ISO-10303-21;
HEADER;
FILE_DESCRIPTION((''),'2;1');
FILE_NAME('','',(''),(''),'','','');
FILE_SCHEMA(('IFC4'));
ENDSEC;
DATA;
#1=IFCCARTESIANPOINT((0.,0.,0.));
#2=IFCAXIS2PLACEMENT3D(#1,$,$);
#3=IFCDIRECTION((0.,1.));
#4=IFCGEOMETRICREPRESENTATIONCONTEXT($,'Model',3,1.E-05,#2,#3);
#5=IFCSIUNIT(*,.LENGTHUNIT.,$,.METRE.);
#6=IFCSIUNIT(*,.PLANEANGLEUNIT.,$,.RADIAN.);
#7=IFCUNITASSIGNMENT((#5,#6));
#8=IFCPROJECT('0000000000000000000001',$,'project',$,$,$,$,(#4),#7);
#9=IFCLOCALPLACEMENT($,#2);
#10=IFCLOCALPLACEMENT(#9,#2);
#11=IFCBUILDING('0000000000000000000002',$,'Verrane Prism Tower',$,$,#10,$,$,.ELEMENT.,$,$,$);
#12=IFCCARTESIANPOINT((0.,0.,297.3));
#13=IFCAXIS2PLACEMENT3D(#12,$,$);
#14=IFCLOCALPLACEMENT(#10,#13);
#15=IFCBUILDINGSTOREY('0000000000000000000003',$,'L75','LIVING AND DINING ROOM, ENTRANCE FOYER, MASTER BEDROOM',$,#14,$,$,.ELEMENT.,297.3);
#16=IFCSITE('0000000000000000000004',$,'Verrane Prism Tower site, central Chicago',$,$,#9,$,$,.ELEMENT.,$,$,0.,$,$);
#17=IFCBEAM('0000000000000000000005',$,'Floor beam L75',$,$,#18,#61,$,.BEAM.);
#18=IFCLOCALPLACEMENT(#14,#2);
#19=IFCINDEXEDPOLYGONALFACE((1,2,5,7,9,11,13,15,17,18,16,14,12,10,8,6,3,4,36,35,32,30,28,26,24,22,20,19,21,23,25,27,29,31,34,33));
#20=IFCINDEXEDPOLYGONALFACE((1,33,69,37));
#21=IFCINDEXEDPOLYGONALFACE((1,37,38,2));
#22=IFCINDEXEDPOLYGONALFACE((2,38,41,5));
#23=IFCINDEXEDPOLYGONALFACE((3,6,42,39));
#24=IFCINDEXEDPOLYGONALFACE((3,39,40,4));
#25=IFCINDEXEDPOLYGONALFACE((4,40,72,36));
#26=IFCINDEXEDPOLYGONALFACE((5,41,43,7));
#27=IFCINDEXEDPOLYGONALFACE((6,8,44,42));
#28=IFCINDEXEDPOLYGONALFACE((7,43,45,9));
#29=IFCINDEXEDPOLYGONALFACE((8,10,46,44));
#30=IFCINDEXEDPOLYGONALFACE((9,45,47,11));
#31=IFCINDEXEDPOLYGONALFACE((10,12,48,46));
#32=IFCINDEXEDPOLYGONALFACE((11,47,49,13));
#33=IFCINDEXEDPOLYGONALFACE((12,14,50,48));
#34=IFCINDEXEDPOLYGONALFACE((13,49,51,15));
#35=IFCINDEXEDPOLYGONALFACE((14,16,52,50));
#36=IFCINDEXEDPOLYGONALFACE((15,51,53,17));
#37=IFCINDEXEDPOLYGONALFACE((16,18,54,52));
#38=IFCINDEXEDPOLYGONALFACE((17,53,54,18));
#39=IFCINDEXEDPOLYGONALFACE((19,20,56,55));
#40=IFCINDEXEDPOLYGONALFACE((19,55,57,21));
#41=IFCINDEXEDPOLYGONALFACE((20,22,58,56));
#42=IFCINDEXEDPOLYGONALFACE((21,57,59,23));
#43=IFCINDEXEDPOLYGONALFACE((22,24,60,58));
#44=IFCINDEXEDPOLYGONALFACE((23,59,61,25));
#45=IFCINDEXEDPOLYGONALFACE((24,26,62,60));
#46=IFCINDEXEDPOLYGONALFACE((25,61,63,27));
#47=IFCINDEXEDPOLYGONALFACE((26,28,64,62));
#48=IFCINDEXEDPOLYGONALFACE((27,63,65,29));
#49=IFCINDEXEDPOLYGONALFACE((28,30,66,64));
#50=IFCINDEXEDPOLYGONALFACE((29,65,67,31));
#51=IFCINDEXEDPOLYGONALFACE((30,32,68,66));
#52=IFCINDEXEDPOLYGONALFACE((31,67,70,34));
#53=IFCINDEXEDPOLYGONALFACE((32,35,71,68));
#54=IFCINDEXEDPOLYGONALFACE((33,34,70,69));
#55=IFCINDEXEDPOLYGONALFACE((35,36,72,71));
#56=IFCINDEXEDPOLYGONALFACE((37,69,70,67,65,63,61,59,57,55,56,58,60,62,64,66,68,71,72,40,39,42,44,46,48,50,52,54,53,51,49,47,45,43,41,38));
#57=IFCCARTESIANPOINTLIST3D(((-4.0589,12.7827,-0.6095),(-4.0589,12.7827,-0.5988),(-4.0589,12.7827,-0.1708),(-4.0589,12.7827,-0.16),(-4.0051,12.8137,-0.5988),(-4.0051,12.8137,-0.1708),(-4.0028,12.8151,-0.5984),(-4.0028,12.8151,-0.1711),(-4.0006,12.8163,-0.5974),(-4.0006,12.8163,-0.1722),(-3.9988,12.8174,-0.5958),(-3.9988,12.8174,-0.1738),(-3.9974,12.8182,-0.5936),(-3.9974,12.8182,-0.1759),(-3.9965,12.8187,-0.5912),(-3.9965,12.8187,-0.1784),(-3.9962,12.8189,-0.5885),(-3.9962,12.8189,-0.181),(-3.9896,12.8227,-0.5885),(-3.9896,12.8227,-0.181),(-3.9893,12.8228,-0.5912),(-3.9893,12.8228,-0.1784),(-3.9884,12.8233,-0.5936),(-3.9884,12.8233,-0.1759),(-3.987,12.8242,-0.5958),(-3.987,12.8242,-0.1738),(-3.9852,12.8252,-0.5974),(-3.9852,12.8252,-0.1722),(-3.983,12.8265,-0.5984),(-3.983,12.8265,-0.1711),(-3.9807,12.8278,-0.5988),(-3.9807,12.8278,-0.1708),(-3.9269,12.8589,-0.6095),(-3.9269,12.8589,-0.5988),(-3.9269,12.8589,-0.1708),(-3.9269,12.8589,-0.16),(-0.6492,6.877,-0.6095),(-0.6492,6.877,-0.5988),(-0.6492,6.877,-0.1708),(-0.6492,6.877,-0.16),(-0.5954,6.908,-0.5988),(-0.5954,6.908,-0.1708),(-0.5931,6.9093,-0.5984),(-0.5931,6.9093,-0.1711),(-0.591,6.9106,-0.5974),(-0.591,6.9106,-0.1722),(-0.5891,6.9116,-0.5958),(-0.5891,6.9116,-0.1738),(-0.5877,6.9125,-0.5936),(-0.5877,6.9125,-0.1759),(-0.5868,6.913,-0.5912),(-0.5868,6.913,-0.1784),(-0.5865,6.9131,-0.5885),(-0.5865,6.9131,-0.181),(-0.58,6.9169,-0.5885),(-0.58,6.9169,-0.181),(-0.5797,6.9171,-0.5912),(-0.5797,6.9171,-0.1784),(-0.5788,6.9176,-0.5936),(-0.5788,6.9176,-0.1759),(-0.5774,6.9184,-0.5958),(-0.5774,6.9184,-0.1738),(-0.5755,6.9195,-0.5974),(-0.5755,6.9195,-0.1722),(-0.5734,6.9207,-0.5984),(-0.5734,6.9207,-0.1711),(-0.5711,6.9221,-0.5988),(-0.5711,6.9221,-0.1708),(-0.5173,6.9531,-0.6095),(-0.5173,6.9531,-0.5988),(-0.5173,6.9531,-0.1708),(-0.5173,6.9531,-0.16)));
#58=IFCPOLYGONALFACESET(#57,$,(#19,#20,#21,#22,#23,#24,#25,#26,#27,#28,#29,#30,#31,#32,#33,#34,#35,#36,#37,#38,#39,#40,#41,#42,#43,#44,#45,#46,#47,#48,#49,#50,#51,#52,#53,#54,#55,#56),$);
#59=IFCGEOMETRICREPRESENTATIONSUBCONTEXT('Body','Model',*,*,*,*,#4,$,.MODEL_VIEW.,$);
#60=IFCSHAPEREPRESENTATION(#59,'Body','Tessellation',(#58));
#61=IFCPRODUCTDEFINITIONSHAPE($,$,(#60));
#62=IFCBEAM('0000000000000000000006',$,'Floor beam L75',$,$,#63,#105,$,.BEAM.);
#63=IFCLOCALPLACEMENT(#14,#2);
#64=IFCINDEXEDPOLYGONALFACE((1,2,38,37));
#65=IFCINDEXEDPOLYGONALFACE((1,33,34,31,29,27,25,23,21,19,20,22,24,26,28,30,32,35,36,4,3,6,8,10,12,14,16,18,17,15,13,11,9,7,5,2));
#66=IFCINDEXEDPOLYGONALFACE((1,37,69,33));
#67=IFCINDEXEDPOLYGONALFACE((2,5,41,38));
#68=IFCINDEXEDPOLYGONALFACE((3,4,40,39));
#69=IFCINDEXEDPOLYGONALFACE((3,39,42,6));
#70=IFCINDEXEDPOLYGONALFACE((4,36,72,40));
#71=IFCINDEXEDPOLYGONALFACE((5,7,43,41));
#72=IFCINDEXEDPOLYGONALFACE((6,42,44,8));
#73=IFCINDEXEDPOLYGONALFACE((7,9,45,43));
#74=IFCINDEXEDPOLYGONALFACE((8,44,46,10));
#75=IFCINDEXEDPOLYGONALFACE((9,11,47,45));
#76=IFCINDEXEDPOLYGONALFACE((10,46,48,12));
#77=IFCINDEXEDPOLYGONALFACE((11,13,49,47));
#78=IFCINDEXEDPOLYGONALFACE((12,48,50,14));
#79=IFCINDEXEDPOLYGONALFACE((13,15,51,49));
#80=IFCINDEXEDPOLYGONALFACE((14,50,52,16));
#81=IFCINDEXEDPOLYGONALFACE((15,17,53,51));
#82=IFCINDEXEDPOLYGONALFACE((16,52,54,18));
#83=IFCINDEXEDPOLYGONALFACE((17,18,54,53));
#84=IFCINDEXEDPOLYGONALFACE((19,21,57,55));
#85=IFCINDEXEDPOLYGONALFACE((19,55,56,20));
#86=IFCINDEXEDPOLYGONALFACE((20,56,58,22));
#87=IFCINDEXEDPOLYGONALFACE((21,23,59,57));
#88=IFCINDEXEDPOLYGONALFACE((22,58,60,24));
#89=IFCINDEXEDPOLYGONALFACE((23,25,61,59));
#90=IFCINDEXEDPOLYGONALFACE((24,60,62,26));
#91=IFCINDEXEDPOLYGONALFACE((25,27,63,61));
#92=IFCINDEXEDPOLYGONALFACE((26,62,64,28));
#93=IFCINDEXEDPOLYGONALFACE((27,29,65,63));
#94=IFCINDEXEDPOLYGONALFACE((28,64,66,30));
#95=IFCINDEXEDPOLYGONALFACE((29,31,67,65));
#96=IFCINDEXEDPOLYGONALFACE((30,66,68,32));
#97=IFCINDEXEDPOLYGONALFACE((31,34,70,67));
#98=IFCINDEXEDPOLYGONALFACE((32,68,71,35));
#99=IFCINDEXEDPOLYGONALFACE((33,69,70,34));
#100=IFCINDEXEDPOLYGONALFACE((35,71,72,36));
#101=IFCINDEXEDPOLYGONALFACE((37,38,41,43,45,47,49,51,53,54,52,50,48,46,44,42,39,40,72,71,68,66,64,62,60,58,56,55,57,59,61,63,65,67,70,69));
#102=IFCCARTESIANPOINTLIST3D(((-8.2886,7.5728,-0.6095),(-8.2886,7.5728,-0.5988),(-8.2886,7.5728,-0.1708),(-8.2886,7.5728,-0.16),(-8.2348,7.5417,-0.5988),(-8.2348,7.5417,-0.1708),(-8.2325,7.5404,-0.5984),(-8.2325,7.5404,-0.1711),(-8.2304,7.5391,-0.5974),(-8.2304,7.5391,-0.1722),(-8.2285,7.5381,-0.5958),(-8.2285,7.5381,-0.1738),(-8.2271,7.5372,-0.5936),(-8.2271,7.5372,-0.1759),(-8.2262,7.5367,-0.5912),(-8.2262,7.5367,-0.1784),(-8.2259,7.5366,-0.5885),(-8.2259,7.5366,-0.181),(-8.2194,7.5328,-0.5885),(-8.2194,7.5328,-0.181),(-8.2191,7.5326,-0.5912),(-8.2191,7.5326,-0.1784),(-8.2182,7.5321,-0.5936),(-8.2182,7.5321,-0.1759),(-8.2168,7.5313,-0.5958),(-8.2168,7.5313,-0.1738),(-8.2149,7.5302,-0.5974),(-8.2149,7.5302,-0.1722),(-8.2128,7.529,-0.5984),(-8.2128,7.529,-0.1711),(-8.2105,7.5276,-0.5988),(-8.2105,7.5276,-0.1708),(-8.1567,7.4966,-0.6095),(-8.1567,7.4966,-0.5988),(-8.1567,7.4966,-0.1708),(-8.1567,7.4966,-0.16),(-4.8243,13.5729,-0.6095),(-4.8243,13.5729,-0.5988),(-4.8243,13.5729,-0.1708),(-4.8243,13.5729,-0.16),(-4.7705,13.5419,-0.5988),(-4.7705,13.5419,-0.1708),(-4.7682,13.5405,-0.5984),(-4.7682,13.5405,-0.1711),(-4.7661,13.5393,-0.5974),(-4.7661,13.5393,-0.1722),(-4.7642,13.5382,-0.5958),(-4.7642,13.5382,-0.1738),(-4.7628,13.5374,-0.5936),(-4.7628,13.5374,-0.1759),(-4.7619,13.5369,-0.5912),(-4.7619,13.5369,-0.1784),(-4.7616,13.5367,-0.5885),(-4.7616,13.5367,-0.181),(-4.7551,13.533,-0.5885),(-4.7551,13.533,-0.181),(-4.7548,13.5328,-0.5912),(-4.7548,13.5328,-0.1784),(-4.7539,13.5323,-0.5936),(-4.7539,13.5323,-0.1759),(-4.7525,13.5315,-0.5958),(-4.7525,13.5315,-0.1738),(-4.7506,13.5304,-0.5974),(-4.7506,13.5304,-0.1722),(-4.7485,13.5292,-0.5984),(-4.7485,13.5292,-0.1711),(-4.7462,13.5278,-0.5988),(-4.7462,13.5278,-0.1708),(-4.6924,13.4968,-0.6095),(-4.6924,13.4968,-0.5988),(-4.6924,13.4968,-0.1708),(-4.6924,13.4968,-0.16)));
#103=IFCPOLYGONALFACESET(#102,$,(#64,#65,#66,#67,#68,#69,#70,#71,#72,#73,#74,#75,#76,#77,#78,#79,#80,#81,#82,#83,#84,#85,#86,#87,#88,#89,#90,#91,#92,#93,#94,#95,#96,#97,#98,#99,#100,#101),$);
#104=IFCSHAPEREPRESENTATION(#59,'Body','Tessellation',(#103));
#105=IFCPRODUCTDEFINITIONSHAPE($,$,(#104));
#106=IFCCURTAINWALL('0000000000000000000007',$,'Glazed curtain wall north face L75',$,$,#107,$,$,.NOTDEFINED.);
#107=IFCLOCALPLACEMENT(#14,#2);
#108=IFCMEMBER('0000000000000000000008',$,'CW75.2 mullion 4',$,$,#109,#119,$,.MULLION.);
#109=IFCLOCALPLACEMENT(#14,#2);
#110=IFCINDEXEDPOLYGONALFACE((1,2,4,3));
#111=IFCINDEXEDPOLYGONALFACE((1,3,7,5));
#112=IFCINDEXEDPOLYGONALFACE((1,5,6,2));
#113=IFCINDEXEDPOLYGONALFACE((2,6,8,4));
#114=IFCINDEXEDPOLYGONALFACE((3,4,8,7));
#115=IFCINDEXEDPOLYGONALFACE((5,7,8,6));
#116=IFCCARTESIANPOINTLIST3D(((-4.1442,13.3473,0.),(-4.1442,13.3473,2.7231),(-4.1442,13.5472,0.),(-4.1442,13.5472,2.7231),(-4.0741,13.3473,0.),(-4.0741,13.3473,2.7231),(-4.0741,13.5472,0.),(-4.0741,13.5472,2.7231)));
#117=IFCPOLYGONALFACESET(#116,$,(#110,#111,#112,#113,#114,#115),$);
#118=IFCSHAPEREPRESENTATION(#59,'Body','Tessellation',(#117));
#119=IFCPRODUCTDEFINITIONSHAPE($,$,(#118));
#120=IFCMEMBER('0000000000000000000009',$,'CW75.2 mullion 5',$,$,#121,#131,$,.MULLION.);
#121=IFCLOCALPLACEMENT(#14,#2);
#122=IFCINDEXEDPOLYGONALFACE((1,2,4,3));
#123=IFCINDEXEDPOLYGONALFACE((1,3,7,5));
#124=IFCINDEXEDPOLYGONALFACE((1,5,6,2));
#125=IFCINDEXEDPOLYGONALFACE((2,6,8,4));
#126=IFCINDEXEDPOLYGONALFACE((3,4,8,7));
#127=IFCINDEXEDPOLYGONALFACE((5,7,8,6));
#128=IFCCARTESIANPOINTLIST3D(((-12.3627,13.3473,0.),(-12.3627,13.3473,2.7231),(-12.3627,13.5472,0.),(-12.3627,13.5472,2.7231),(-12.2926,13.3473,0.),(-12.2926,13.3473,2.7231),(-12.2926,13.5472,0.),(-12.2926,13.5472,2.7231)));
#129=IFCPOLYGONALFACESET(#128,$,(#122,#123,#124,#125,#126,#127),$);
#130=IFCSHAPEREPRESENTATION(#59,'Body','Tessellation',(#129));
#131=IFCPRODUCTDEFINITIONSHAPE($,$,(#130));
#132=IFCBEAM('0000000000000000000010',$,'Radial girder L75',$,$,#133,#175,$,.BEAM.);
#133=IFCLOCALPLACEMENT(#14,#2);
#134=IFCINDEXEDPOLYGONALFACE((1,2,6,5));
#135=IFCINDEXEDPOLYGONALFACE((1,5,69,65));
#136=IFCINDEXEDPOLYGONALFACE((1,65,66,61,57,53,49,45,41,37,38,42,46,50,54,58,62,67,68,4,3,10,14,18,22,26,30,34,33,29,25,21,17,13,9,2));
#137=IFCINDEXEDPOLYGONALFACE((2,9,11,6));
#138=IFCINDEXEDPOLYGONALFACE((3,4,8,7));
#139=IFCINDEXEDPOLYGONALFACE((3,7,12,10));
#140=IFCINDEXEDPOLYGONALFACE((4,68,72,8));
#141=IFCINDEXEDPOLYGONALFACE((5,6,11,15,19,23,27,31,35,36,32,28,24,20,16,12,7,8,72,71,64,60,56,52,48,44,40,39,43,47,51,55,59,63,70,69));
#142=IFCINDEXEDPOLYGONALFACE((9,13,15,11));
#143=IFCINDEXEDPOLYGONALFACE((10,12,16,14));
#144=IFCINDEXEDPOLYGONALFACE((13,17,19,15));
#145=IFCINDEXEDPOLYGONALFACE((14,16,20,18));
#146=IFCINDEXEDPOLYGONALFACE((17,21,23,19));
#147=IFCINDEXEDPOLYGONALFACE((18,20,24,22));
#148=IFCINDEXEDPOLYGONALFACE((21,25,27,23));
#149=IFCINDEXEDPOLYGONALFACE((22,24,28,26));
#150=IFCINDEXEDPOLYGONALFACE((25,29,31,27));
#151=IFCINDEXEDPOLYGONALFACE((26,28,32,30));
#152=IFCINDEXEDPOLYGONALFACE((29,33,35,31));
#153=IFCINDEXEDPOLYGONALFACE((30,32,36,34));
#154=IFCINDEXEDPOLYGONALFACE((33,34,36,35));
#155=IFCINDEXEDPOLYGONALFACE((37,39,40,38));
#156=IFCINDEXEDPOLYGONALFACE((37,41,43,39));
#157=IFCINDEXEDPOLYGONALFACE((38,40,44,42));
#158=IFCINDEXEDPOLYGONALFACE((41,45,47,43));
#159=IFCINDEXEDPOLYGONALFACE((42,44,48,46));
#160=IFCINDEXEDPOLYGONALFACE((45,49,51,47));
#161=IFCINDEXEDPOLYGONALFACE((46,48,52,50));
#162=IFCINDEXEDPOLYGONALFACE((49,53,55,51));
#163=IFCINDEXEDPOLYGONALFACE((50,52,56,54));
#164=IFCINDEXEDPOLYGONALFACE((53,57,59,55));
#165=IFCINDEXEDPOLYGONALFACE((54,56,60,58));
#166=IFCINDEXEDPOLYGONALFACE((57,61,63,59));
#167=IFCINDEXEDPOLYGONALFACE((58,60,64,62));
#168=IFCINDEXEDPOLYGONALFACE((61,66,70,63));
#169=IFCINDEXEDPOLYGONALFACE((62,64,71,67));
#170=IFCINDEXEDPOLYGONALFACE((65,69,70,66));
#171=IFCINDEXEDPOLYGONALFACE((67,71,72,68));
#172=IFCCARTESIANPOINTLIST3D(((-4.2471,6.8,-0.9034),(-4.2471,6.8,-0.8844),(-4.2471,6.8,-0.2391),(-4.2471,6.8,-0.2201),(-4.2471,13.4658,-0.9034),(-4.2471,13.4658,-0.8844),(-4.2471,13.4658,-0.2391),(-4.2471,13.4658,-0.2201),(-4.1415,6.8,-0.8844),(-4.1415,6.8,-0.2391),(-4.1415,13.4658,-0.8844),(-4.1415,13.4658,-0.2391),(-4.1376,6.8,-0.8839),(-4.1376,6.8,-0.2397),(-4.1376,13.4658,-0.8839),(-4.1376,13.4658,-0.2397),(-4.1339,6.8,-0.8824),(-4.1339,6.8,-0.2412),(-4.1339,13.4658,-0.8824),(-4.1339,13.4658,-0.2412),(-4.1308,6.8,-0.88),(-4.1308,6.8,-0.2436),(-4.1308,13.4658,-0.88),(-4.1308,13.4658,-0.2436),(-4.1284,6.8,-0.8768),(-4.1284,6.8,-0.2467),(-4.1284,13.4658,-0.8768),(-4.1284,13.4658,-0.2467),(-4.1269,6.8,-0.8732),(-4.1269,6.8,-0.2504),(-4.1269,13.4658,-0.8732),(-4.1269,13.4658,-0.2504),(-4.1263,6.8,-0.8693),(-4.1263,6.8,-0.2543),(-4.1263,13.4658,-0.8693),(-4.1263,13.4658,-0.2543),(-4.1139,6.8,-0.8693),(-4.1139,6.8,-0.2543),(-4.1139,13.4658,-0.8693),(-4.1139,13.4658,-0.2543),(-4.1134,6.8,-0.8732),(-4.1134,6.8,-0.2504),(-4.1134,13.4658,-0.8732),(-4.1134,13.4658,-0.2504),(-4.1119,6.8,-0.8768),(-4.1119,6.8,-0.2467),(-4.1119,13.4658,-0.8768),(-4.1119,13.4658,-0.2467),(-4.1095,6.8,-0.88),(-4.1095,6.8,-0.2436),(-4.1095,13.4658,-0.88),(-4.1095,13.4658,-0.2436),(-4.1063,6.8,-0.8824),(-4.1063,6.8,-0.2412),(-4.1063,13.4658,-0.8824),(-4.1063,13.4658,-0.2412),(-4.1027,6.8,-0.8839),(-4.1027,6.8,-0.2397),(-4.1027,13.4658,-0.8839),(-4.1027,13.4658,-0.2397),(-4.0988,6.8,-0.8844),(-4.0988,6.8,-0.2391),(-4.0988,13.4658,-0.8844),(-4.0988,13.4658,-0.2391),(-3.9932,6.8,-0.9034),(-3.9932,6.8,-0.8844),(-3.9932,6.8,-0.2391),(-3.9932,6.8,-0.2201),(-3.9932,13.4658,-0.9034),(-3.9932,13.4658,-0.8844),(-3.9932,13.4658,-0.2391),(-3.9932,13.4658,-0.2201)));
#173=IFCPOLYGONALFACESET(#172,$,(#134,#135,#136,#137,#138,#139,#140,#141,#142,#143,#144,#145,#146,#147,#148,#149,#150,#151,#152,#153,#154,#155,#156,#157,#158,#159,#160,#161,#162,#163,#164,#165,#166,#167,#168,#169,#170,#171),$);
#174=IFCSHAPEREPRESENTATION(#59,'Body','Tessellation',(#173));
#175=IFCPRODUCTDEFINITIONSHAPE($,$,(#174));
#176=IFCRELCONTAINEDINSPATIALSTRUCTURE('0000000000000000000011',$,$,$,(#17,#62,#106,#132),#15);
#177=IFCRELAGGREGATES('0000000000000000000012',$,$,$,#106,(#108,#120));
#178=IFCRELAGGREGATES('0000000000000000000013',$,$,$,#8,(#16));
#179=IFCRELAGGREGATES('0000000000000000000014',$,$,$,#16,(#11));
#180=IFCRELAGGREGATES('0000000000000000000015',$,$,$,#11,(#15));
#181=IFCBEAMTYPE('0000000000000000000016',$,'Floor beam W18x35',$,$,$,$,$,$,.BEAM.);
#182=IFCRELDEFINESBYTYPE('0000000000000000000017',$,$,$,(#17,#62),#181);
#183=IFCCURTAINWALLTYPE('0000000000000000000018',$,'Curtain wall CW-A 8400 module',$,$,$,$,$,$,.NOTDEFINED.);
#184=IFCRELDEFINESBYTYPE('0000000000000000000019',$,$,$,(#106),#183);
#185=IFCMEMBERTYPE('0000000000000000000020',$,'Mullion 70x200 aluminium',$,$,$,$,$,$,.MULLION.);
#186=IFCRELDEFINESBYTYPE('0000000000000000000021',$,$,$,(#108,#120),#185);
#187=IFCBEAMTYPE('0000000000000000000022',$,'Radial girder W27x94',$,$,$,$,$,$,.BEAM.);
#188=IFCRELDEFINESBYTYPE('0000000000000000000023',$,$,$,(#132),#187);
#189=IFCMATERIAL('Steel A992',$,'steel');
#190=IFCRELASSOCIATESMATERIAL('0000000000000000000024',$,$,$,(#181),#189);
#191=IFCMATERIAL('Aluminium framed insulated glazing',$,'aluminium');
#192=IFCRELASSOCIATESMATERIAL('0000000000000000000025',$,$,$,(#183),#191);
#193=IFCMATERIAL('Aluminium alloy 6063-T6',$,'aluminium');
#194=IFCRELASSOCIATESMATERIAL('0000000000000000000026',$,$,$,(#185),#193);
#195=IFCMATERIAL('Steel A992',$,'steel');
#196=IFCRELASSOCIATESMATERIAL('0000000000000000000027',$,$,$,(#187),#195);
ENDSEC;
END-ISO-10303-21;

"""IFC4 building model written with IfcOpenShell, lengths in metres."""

from ifc_helpers import new_model, si_unit, direction, frame, origin, origin_2d, place, context, subcontext, project, spatial, rectangle, i_section, extrude, material, material_profile, profile_set, type_object, element, aggregate, save


model = new_model("IFC4")

# Units and contexts
model_context = context("Model", 3, precision=1e-05, world=origin(), true_north=direction((0.0, 1.0)))
body_context = subcontext(model_context, "Body", "Model", "MODEL_VIEW")
ifc_project = project(units=[si_unit("LENGTHUNIT", "METRE"), si_unit("PLANEANGLEUNIT", "RADIAN")], contexts=[model_context])

# Site, building, storey
site_placement = place(None, origin())
site = spatial("IfcSite", under=ifc_project, at=site_placement, Name="Verrane Prism Tower site, central Chicago", CompositionType="ELEMENT", RefElevation=0.0)
building_placement = place(site_placement, origin())
building = spatial("IfcBuilding", under=site, at=building_placement, Name="Verrane Prism Tower", CompositionType="ELEMENT")
storey_placement = place(building_placement, frame((0.0, 0.0, 297.3)))
storey = spatial("IfcBuildingStorey", under=building, at=storey_placement, Name="L75", Description="LIVING AND DINING ROOM, ENTRANCE FOYER, MASTER BEDROOM", CompositionType="ELEMENT", Elevation=297.3)

# Beams
ifc_material_1 = material(Name="Steel A992", Category="steel")
ifc_material_profile_1 = material_profile(ifc_material_1, i_section(OverallWidth=0.1523, OverallDepth=0.4495, WebThickness=0.0076, FlangeThickness=0.0107, FilletRadius=0.0103, at=origin_2d()), Name="W18x35")
ifc_profile_set_1 = profile_set([ifc_material_profile_1], Name="Steel A992")
beam_type_1 = type_object("IfcBeamType", Name="Floor beam W18x35", PredefinedType="BEAM", material=ifc_profile_set_1)
beam_1_placement = place(storey_placement, frame((-0.5833, 6.915, -0.3848), z_axis=(-0.499997, 0.866027, 0.0), x_axis=(-0.866027, -0.499997, 0.0)))
element("IfcBeam", 1, at=beam_1_placement, inside=storey, type_object=beam_type_1, Name="Floor beam L75", PredefinedType="BEAM", context=body_context, shape_type="SweptSolid", body=[
    extrude(i_section(OverallWidth=0.1523, OverallDepth=0.4495, WebThickness=0.0076, FlangeThickness=0.0107, FilletRadius=0.0103, at=origin_2d()), origin(), (0.0, 0.0, 1.0), 6.8193),
])
beam_2_placement = place(storey_placement, frame((-8.2227, 7.5347, -0.3848), z_axis=(0.500012, 0.866018, 0.0), x_axis=(-0.866018, 0.500012, 0.0)))
element("IfcBeam", 2, at=beam_2_placement, inside=storey, type_object=beam_type_1, Name="Floor beam L75", PredefinedType="BEAM", context=body_context, shape_type="SweptSolid", body=[
    extrude(i_section(OverallWidth=0.1523, OverallDepth=0.4495, WebThickness=0.0076, FlangeThickness=0.0107, FilletRadius=0.0103, at=origin_2d()), origin(), (0.0, 0.0, 1.0), 6.9285),
])

# Curtain wall, members
ifc_material_2 = material(Name="Aluminium framed insulated glazing", Category="aluminium")
curtain_wall_type = type_object("IfcCurtainWallType", Name="Curtain wall CW-A 8400 module", PredefinedType="NOTDEFINED", material=ifc_material_2)
curtain_wall_placement = place(storey_placement, origin())
curtain_wall = element("IfcCurtainWall", 3, at=curtain_wall_placement, inside=storey, type_object=curtain_wall_type, Name="Glazed curtain wall north face L75", PredefinedType="NOTDEFINED")
ifc_material_3 = material(Name="Aluminium alloy 6063-T6", Category="aluminium")
ifc_material_profile_2 = material_profile(ifc_material_3, rectangle(XDim=0.2, YDim=0.0701, at=origin_2d()), Name="Mullion 70x200 aluminium")
ifc_profile_set_2 = profile_set([ifc_material_profile_2], Name="Aluminium alloy 6063-T6")
member_type_1 = type_object("IfcMemberType", Name="Mullion 70x200 aluminium", PredefinedType="MULLION", material=ifc_profile_set_2)
member_1_placement = place(storey_placement, frame((-4.1091, 13.4473, 0.0), z_axis=(0.0, 0.0, 1.0), x_axis=(0.0, -1.0, 0.0)))
member_1 = element("IfcMember", 4, at=member_1_placement, type_object=member_type_1, Name="CW75.2 mullion 4", PredefinedType="MULLION", context=body_context, shape_type="SweptSolid", body=[
    extrude(rectangle(XDim=0.2, YDim=0.0701, at=origin_2d()), origin(), (0.0, 0.0, 1.0), 2.7231),
])
member_2_placement = place(storey_placement, frame((-12.3276, 13.4473, 0.0), z_axis=(0.0, 0.0, 1.0), x_axis=(0.0, -1.0, 0.0)))
member_2 = element("IfcMember", 5, at=member_2_placement, type_object=member_type_1, Name="CW75.2 mullion 5", PredefinedType="MULLION", context=body_context, shape_type="SweptSolid", body=[
    extrude(rectangle(XDim=0.2, YDim=0.0701, at=origin_2d()), origin(), (0.0, 0.0, 1.0), 2.7231),
])

# Beam
ifc_material_4 = material(Name="Steel A992", Category="steel")
ifc_material_profile_3 = material_profile(ifc_material_4, i_section(OverallWidth=0.2539, OverallDepth=0.6833, WebThickness=0.0125, FlangeThickness=0.019, FilletRadius=0.0151, at=origin_2d()), Name="W27x94")
ifc_profile_set_3 = profile_set([ifc_material_profile_3], Name="Steel A992")
beam_type_2 = type_object("IfcBeamType", Name="Radial girder W27x94", PredefinedType="BEAM", material=ifc_profile_set_3)
beam_3_placement = place(storey_placement, frame((-4.1201, 13.4658, -0.5618), z_axis=(0.0, -1.0, 0.0), x_axis=(1.0, 0.0, 0.0)))
element("IfcBeam", 6, at=beam_3_placement, inside=storey, type_object=beam_type_2, Name="Radial girder L75", PredefinedType="BEAM", context=body_context, shape_type="SweptSolid", body=[
    extrude(i_section(OverallWidth=0.2539, OverallDepth=0.6833, WebThickness=0.0125, FlangeThickness=0.019, FilletRadius=0.0151, at=origin_2d()), origin(), (0.0, 0.0, 1.0), 6.6658),
])

aggregate(curtain_wall, [member_1, member_2])

save(model, "model.ifc")
